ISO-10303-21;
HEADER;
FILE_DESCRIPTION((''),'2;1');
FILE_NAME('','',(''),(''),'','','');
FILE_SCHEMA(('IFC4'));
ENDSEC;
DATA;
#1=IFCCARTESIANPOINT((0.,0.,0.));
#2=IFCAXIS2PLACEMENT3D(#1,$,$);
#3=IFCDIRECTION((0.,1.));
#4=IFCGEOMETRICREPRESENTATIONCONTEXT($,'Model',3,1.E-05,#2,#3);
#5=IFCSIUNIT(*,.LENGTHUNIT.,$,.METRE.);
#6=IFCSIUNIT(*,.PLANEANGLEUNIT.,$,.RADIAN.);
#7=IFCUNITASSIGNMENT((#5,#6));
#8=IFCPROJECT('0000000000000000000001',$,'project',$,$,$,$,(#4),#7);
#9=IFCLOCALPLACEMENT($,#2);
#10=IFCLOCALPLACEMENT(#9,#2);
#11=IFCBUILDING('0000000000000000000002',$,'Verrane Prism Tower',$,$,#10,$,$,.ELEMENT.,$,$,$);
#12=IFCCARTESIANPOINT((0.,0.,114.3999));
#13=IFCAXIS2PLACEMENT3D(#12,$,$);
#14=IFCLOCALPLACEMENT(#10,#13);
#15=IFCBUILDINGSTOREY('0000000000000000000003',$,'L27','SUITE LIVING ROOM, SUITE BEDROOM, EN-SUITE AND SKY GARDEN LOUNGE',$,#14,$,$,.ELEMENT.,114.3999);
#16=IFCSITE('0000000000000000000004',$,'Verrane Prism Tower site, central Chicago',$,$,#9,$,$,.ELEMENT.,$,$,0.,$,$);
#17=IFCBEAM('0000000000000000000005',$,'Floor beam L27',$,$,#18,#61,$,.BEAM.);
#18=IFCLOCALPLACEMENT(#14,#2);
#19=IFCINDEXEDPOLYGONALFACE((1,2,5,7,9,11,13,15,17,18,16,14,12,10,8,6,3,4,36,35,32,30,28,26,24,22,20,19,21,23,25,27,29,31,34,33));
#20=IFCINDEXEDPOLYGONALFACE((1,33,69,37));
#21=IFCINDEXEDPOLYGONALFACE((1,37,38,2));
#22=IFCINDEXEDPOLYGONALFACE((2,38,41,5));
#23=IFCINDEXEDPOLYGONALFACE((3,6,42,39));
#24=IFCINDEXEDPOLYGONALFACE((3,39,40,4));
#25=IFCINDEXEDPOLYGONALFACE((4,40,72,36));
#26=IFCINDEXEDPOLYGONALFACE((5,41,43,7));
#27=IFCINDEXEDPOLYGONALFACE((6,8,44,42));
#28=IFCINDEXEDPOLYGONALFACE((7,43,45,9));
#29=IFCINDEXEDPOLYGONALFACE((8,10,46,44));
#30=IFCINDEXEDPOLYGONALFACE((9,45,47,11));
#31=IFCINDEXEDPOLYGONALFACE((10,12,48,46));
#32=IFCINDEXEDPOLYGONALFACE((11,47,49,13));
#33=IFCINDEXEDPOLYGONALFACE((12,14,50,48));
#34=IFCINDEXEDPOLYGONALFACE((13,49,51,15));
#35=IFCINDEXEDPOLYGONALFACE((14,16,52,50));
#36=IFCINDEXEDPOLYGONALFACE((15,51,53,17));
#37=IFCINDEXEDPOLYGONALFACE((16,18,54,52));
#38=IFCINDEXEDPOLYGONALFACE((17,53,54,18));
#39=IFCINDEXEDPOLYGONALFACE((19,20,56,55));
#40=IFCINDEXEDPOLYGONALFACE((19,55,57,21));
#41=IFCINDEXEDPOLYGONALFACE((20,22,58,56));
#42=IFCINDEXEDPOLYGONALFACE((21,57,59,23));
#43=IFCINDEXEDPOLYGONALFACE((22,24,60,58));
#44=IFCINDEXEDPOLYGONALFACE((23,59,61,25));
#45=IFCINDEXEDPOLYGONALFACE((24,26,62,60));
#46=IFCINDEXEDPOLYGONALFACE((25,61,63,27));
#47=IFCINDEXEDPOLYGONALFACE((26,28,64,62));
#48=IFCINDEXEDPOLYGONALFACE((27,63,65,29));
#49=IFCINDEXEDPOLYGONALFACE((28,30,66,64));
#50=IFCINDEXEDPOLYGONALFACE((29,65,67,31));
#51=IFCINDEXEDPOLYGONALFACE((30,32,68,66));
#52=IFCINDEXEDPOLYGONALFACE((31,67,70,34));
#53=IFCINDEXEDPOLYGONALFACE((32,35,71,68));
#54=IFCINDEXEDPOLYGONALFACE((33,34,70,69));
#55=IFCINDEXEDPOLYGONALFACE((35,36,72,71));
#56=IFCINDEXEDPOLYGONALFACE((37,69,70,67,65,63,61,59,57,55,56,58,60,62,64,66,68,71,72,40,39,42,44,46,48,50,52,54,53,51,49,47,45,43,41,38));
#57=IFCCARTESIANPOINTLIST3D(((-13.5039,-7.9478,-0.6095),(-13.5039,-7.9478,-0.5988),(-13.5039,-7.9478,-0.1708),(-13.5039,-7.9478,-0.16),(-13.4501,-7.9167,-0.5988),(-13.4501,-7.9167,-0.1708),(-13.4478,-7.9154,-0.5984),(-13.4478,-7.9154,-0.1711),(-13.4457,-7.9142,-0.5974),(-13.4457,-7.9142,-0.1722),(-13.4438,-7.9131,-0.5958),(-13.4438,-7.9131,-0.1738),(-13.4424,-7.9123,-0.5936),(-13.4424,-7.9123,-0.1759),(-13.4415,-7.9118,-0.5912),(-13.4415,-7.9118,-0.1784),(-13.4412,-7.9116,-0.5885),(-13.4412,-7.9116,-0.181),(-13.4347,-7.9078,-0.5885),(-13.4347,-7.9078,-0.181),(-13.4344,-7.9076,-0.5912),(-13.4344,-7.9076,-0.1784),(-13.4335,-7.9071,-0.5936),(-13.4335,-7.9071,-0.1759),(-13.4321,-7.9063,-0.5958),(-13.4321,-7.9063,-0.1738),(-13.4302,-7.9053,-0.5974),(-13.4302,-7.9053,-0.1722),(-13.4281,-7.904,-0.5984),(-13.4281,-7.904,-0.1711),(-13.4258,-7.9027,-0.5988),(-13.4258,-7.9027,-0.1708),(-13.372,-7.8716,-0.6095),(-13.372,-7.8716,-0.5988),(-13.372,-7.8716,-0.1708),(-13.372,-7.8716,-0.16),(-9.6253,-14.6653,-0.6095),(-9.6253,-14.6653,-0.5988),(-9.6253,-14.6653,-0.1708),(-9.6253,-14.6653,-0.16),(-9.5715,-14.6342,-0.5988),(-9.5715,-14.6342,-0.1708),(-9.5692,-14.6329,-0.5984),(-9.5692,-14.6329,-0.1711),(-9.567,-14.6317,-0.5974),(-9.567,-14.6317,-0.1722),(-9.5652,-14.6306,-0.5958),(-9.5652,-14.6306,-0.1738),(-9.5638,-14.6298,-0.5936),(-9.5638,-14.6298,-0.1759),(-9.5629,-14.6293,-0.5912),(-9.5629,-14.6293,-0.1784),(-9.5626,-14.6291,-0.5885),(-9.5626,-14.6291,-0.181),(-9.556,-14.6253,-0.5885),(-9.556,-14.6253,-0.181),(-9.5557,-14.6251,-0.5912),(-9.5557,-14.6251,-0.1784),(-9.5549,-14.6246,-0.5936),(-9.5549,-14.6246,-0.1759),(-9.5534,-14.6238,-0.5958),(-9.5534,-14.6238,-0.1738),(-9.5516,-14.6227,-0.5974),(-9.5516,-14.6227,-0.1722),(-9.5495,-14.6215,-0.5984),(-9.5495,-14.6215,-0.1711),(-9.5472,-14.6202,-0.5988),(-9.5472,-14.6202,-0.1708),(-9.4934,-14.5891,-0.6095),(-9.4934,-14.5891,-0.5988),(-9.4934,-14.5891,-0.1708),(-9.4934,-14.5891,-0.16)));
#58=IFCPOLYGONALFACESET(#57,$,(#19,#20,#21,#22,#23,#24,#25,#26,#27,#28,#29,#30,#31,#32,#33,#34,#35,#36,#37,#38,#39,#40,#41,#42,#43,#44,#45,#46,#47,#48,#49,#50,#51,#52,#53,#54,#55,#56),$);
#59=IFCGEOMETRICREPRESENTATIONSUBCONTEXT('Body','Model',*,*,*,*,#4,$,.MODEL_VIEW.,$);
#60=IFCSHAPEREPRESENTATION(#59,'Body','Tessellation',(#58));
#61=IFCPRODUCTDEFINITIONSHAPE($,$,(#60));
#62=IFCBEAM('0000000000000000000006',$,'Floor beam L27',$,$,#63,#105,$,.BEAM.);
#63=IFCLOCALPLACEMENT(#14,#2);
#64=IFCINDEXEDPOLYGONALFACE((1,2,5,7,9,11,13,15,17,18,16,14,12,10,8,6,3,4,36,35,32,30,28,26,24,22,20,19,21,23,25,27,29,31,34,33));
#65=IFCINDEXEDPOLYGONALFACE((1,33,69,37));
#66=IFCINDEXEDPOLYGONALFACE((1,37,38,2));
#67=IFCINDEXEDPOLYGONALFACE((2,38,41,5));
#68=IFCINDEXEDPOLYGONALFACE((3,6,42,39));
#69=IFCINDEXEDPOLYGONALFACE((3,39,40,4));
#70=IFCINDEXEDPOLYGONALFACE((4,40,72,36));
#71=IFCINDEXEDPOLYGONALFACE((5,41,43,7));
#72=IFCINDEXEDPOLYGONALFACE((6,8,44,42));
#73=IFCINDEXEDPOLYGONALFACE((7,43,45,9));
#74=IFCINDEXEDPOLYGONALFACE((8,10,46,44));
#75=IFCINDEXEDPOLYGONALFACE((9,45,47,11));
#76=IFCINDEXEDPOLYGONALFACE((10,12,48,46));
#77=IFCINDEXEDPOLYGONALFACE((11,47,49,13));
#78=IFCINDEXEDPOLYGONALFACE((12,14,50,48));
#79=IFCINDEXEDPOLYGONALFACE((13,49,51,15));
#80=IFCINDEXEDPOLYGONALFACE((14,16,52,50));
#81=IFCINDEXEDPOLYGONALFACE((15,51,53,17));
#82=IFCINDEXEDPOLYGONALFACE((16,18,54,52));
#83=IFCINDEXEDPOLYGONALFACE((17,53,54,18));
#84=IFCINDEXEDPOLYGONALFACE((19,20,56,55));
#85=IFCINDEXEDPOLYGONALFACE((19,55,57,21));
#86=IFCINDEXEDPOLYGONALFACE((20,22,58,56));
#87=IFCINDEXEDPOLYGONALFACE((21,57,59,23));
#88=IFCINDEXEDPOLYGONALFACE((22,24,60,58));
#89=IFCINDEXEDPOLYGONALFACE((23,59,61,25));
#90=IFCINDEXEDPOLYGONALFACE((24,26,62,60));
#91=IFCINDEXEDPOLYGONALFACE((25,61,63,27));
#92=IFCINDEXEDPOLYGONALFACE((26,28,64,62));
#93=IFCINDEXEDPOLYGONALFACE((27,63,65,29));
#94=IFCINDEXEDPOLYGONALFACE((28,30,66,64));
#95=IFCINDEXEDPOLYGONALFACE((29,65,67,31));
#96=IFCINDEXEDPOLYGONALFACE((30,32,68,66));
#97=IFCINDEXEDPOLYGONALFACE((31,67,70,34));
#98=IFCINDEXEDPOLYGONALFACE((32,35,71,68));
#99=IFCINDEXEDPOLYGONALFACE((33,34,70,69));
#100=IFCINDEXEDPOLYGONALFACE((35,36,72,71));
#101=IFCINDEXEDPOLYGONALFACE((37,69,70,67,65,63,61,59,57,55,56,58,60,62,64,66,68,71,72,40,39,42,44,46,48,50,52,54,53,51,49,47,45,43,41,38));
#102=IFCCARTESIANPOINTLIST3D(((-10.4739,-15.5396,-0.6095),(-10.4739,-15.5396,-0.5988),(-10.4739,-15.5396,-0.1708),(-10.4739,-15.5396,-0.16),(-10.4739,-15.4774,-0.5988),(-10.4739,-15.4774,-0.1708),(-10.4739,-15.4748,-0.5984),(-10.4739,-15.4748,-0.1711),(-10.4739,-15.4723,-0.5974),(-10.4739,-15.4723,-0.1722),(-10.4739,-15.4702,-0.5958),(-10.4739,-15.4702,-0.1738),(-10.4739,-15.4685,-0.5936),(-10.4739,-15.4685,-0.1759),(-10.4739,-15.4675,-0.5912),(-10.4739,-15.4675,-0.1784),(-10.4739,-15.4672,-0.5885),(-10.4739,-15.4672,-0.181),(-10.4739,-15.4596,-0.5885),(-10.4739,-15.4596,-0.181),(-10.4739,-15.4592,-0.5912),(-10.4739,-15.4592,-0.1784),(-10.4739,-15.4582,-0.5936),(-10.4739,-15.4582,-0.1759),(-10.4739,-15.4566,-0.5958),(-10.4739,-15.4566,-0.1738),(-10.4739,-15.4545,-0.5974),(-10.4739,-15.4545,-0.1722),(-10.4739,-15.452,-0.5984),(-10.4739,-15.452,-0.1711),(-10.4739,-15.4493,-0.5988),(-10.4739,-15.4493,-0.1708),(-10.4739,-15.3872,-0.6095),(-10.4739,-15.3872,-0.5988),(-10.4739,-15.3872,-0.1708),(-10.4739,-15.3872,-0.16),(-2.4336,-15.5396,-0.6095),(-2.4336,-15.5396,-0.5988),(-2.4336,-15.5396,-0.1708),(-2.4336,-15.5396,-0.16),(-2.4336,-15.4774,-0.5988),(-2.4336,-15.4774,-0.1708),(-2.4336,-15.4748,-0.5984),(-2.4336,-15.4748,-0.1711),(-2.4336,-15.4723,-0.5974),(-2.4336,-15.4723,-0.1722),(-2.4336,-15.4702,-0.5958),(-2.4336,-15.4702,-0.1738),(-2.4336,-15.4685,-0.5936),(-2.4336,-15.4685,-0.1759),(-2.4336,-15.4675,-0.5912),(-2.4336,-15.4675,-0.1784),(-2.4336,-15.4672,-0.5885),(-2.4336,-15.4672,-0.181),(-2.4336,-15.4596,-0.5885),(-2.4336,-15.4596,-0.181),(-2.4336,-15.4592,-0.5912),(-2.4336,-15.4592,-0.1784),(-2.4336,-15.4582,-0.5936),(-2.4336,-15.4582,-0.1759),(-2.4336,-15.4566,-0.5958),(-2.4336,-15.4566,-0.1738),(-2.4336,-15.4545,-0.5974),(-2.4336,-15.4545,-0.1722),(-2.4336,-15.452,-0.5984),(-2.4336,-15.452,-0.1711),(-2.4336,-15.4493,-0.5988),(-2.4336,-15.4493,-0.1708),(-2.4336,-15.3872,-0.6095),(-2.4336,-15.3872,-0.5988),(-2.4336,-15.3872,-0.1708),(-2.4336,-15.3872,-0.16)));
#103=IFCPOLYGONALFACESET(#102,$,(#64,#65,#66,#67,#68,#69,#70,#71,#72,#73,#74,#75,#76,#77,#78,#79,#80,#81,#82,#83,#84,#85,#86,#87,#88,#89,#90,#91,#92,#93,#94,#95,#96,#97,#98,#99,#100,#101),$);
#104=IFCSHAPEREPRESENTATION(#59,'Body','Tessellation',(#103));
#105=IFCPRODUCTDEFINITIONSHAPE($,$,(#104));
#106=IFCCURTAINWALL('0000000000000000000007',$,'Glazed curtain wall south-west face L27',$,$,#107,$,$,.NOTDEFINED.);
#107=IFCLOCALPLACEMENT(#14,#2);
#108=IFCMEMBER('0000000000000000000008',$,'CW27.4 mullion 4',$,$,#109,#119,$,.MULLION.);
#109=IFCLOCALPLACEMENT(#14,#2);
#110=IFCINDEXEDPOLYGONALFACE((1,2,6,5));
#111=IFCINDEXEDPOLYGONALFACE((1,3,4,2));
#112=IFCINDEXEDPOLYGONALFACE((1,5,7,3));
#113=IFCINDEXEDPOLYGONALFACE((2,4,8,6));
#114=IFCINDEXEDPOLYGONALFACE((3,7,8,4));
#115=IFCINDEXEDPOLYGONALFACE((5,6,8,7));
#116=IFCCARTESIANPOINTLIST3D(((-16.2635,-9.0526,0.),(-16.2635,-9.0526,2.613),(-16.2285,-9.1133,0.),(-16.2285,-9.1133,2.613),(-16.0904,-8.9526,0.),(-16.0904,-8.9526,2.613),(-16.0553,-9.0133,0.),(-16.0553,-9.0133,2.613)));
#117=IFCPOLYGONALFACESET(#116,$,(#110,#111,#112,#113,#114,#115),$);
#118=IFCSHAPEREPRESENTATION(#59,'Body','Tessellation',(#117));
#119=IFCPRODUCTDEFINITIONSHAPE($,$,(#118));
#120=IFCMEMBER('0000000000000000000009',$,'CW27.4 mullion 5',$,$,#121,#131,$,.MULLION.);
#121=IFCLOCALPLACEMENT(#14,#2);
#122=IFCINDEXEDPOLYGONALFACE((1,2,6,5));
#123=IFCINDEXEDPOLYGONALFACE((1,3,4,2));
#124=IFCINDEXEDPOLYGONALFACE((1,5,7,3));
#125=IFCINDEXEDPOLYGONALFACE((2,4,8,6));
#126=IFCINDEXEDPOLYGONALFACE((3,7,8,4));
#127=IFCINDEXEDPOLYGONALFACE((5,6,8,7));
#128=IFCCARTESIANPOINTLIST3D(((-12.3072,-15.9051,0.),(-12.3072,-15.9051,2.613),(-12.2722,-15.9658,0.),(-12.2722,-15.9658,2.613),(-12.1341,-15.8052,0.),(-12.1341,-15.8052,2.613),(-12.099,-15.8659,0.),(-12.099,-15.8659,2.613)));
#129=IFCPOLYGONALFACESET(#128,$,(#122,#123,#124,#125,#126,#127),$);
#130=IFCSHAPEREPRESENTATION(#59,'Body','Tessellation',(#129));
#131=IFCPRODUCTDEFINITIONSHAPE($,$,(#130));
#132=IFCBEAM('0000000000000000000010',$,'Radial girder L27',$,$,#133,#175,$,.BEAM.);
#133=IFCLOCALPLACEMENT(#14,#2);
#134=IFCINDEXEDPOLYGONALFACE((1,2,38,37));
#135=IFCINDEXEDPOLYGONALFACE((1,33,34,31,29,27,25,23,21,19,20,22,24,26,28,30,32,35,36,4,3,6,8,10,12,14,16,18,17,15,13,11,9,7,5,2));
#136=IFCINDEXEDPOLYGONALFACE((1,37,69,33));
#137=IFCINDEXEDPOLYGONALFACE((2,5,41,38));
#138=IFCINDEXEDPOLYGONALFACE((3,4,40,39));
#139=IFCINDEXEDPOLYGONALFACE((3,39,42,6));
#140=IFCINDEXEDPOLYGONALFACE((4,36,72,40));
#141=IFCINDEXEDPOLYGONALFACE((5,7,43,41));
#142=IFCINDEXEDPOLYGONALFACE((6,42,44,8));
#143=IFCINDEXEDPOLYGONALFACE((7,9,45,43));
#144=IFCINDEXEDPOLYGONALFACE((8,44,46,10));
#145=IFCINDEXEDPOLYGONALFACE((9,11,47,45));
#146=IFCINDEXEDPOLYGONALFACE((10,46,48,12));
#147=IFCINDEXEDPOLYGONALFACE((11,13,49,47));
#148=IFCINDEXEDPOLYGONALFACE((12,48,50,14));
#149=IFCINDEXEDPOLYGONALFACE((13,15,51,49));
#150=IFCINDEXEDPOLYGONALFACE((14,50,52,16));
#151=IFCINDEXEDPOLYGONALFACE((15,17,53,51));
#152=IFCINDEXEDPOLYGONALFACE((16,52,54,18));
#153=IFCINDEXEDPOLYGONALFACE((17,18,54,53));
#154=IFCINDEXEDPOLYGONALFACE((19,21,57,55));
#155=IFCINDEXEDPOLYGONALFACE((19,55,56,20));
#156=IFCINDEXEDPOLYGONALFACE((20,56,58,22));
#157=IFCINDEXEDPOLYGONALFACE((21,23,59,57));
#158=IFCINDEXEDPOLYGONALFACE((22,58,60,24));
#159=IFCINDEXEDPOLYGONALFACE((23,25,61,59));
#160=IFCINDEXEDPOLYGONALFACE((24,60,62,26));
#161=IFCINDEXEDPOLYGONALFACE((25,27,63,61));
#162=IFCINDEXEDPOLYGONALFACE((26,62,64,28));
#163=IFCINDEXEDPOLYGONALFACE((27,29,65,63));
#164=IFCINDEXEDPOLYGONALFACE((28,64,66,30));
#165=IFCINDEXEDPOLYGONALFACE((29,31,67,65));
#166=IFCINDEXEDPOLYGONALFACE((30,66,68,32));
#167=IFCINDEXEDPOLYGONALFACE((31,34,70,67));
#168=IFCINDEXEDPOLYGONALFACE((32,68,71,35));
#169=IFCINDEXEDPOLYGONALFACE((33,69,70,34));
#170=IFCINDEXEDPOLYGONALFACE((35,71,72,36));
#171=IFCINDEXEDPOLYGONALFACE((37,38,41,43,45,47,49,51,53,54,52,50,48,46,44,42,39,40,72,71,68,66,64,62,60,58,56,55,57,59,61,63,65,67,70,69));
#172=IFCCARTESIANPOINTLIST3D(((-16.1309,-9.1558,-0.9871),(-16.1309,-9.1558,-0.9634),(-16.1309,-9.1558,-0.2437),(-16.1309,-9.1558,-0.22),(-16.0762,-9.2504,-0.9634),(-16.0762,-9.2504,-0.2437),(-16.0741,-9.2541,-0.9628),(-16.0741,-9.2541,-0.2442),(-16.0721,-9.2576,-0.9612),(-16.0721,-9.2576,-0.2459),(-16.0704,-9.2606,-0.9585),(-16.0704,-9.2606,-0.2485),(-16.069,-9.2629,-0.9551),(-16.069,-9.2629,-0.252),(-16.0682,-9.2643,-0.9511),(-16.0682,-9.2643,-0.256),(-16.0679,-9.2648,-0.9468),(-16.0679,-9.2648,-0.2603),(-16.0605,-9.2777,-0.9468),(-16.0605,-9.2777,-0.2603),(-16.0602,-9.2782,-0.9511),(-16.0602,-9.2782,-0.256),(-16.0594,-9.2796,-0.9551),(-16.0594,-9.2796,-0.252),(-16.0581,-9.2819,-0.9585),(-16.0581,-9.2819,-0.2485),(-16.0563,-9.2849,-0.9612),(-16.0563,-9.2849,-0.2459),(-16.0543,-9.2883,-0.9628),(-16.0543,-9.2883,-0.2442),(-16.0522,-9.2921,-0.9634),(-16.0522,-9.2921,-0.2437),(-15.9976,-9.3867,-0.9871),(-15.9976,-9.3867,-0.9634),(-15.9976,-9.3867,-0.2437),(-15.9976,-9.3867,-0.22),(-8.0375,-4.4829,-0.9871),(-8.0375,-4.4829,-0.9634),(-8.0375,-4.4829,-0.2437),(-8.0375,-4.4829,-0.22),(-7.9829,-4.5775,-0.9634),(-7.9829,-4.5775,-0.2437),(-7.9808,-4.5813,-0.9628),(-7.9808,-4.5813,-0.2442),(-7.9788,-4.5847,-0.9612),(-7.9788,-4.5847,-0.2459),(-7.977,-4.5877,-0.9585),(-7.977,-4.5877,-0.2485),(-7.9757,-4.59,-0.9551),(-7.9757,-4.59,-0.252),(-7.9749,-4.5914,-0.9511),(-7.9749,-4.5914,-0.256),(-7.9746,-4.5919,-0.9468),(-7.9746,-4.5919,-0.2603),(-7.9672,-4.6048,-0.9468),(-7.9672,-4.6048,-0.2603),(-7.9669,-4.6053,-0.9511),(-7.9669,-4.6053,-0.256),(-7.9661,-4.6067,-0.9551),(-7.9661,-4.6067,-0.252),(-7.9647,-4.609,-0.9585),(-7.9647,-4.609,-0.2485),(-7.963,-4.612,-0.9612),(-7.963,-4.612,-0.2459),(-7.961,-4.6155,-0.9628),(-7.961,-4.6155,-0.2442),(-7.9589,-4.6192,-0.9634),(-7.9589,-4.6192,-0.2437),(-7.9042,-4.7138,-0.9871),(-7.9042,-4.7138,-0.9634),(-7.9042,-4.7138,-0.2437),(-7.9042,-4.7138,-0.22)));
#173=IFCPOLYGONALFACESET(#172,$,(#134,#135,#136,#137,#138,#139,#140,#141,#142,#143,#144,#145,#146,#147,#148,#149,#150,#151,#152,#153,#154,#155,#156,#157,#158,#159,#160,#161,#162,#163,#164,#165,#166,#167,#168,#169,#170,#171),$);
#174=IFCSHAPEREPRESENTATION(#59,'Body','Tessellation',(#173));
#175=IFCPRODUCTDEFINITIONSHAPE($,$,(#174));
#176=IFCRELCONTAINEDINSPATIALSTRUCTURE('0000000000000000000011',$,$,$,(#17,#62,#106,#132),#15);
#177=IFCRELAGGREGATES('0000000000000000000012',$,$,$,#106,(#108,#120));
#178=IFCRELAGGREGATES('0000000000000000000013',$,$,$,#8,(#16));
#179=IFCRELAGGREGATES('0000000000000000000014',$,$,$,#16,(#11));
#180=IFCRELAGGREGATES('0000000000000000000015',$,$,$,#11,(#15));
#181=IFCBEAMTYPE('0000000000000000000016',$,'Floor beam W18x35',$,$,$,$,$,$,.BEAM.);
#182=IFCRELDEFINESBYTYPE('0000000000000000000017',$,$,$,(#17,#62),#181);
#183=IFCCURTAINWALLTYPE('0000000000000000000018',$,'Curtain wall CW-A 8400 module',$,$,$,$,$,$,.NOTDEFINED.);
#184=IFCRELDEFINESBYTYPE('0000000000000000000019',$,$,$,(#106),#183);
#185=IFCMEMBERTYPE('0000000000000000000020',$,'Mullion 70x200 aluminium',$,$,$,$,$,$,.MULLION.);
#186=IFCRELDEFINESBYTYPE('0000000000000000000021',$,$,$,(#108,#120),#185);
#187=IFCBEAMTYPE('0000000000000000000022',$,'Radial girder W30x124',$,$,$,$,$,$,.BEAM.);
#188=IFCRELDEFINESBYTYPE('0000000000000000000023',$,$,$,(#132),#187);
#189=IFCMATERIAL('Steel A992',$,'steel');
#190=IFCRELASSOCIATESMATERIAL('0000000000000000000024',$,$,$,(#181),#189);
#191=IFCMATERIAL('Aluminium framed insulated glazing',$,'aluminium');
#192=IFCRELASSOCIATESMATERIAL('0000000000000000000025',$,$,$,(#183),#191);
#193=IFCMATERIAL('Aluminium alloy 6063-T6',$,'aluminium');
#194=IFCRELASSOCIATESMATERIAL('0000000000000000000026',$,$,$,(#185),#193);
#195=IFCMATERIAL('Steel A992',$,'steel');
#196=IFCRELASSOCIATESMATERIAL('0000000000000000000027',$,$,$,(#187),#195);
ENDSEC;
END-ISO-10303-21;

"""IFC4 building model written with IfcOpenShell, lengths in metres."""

from ifc_helpers import new_model, si_unit, direction, frame, origin, origin_2d, place, context, subcontext, project, spatial, rectangle, i_section, extrude, material, material_profile, profile_set, type_object, element, aggregate, save


model = new_model("IFC4")

# Units and contexts
model_context = context("Model", 3, precision=1e-05, world=origin(), true_north=direction((0.0, 1.0)))
body_context = subcontext(model_context, "Body", "Model", "MODEL_VIEW")
ifc_project = project(units=[si_unit("LENGTHUNIT", "METRE"), si_unit("PLANEANGLEUNIT", "RADIAN")], contexts=[model_context])

# Site, building, storey
site_placement = place(None, origin())
site = spatial("IfcSite", under=ifc_project, at=site_placement, Name="Verrane Prism Tower site, central Chicago", CompositionType="ELEMENT", RefElevation=0.0)
building_placement = place(site_placement, origin())
building = spatial("IfcBuilding", under=site, at=building_placement, Name="Verrane Prism Tower", CompositionType="ELEMENT")
storey_placement = place(building_placement, frame((0.0, 0.0, 114.3999)))
storey = spatial("IfcBuildingStorey", under=building, at=storey_placement, Name="L27", Description="SUITE LIVING ROOM, SUITE BEDROOM, EN-SUITE AND SKY GARDEN LOUNGE", CompositionType="ELEMENT", Elevation=114.3999)

# Beams
ifc_material_1 = material(Name="Steel A992", Category="steel")
ifc_material_profile_1 = material_profile(ifc_material_1, i_section(OverallWidth=0.1523, OverallDepth=0.4495, WebThickness=0.0076, FlangeThickness=0.0107, FilletRadius=0.0103, at=origin_2d()), Name="W18x35")
ifc_profile_set_1 = profile_set([ifc_material_profile_1], Name="Steel A992")
beam_type_1 = type_object("IfcBeamType", Name="Floor beam W18x35", PredefinedType="BEAM", material=ifc_profile_set_1)
for number, where, z_axis, x_axis, name in (
    (1, (-9.5593, -14.6272, -0.3848), (-0.500028, 0.866009, 0.0), (-0.866009, -0.500028, 0.0), "Floor beam L27"),
):
    element("IfcBeam", number, at=place(storey_placement, frame(where, z_axis=z_axis, x_axis=x_axis)), inside=storey, type_object=beam_type_1, Name=name, PredefinedType="BEAM", context=body_context, shape_type="SweptSolid", body=[
        extrude(i_section(OverallWidth=0.1523, OverallDepth=0.4495, WebThickness=0.0076, FlangeThickness=0.0107, FilletRadius=0.0103, at=origin_2d()), origin(), (0.0, 0.0, 1.0), 7.7568),
    ])
beam_1_placement = place(storey_placement, frame((-10.4739, -15.4634, -0.3848), z_axis=(1.0, 0.0, 0.0), x_axis=(0.0, 1.0, 0.0)))
element("IfcBeam", 2, at=beam_1_placement, inside=storey, type_object=beam_type_1, Name="Floor beam L27", PredefinedType="BEAM", context=body_context, shape_type="SweptSolid", body=[
    extrude(i_section(OverallWidth=0.1523, OverallDepth=0.4495, WebThickness=0.0076, FlangeThickness=0.0107, FilletRadius=0.0103, at=origin_2d()), origin(), (0.0, 0.0, 1.0), 8.0403),
])

# Curtain wall, members
ifc_material_2 = material(Name="Aluminium framed insulated glazing", Category="aluminium")
curtain_wall_type = type_object("IfcCurtainWallType", Name="Curtain wall CW-A 8400 module", PredefinedType="NOTDEFINED", material=ifc_material_2)
curtain_wall_placement = place(storey_placement, origin())
curtain_wall = element("IfcCurtainWall", 3, at=curtain_wall_placement, inside=storey, type_object=curtain_wall_type, Name="Glazed curtain wall south-west face L27", PredefinedType="NOTDEFINED")
ifc_material_3 = material(Name="Aluminium alloy 6063-T6", Category="aluminium")
ifc_material_profile_2 = material_profile(ifc_material_3, rectangle(XDim=0.2, YDim=0.0701, at=origin_2d()), Name="Mullion 70x200 aluminium")
ifc_profile_set_2 = profile_set([ifc_material_profile_2], Name="Aluminium alloy 6063-T6")
member_type_1 = type_object("IfcMemberType", Name="Mullion 70x200 aluminium", PredefinedType="MULLION", material=ifc_profile_set_2)
member_1_placement = place(storey_placement, frame((-16.1594, -9.033, 0.0), z_axis=(0.0, 0.0, 1.0), x_axis=(0.866026, 0.499999, 0.0)))
member_1 = element("IfcMember", 4, at=member_1_placement, type_object=member_type_1, Name="CW27.4 mullion 4", PredefinedType="MULLION", context=body_context, shape_type="SweptSolid", body=[
    extrude(rectangle(XDim=0.2, YDim=0.0701, at=origin_2d()), origin(), (0.0, 0.0, 1.0), 2.613),
])
member_2_placement = place(storey_placement, frame((-12.2031, -15.8855, 0.0), z_axis=(0.0, 0.0, 1.0), x_axis=(0.866026, 0.499999, 0.0)))
member_2 = element("IfcMember", 5, at=member_2_placement, type_object=member_type_1, Name="CW27.4 mullion 5", PredefinedType="MULLION", context=body_context, shape_type="SweptSolid", body=[
    extrude(rectangle(XDim=0.2, YDim=0.0701, at=origin_2d()), origin(), (0.0, 0.0, 1.0), 2.613),
])

# Beam
ifc_material_4 = material(Name="Steel A992", Category="steel")
ifc_material_profile_3 = material_profile(ifc_material_4, i_section(OverallWidth=0.2666, OverallDepth=0.7671, WebThickness=0.0149, FlangeThickness=0.0237, FilletRadius=0.0166, at=origin_2d()), Name="W30x124")
ifc_profile_set_3 = profile_set([ifc_material_profile_3], Name="Steel A992")
beam_type_2 = type_object("IfcBeamType", Name="Radial girder W30x124", PredefinedType="BEAM", material=ifc_profile_set_3)
beam_2_placement = place(storey_placement, frame((-16.0642, -9.2712, -0.6035), z_axis=(0.866016, 0.500016, 0.0), x_axis=(-0.500016, 0.866016, 0.0)))
element("IfcBeam", 6, at=beam_2_placement, inside=storey, type_object=beam_type_2, Name="Radial girder L27", PredefinedType="BEAM", context=body_context, shape_type="SweptSolid", body=[
    extrude(i_section(OverallWidth=0.2666, OverallDepth=0.7671, WebThickness=0.0149, FlangeThickness=0.0237, FilletRadius=0.0166, at=origin_2d()), origin(), (0.0, 0.0, 1.0), 9.3455),
])

aggregate(curtain_wall, [member_1, member_2])

save(model, "model.ifc")
